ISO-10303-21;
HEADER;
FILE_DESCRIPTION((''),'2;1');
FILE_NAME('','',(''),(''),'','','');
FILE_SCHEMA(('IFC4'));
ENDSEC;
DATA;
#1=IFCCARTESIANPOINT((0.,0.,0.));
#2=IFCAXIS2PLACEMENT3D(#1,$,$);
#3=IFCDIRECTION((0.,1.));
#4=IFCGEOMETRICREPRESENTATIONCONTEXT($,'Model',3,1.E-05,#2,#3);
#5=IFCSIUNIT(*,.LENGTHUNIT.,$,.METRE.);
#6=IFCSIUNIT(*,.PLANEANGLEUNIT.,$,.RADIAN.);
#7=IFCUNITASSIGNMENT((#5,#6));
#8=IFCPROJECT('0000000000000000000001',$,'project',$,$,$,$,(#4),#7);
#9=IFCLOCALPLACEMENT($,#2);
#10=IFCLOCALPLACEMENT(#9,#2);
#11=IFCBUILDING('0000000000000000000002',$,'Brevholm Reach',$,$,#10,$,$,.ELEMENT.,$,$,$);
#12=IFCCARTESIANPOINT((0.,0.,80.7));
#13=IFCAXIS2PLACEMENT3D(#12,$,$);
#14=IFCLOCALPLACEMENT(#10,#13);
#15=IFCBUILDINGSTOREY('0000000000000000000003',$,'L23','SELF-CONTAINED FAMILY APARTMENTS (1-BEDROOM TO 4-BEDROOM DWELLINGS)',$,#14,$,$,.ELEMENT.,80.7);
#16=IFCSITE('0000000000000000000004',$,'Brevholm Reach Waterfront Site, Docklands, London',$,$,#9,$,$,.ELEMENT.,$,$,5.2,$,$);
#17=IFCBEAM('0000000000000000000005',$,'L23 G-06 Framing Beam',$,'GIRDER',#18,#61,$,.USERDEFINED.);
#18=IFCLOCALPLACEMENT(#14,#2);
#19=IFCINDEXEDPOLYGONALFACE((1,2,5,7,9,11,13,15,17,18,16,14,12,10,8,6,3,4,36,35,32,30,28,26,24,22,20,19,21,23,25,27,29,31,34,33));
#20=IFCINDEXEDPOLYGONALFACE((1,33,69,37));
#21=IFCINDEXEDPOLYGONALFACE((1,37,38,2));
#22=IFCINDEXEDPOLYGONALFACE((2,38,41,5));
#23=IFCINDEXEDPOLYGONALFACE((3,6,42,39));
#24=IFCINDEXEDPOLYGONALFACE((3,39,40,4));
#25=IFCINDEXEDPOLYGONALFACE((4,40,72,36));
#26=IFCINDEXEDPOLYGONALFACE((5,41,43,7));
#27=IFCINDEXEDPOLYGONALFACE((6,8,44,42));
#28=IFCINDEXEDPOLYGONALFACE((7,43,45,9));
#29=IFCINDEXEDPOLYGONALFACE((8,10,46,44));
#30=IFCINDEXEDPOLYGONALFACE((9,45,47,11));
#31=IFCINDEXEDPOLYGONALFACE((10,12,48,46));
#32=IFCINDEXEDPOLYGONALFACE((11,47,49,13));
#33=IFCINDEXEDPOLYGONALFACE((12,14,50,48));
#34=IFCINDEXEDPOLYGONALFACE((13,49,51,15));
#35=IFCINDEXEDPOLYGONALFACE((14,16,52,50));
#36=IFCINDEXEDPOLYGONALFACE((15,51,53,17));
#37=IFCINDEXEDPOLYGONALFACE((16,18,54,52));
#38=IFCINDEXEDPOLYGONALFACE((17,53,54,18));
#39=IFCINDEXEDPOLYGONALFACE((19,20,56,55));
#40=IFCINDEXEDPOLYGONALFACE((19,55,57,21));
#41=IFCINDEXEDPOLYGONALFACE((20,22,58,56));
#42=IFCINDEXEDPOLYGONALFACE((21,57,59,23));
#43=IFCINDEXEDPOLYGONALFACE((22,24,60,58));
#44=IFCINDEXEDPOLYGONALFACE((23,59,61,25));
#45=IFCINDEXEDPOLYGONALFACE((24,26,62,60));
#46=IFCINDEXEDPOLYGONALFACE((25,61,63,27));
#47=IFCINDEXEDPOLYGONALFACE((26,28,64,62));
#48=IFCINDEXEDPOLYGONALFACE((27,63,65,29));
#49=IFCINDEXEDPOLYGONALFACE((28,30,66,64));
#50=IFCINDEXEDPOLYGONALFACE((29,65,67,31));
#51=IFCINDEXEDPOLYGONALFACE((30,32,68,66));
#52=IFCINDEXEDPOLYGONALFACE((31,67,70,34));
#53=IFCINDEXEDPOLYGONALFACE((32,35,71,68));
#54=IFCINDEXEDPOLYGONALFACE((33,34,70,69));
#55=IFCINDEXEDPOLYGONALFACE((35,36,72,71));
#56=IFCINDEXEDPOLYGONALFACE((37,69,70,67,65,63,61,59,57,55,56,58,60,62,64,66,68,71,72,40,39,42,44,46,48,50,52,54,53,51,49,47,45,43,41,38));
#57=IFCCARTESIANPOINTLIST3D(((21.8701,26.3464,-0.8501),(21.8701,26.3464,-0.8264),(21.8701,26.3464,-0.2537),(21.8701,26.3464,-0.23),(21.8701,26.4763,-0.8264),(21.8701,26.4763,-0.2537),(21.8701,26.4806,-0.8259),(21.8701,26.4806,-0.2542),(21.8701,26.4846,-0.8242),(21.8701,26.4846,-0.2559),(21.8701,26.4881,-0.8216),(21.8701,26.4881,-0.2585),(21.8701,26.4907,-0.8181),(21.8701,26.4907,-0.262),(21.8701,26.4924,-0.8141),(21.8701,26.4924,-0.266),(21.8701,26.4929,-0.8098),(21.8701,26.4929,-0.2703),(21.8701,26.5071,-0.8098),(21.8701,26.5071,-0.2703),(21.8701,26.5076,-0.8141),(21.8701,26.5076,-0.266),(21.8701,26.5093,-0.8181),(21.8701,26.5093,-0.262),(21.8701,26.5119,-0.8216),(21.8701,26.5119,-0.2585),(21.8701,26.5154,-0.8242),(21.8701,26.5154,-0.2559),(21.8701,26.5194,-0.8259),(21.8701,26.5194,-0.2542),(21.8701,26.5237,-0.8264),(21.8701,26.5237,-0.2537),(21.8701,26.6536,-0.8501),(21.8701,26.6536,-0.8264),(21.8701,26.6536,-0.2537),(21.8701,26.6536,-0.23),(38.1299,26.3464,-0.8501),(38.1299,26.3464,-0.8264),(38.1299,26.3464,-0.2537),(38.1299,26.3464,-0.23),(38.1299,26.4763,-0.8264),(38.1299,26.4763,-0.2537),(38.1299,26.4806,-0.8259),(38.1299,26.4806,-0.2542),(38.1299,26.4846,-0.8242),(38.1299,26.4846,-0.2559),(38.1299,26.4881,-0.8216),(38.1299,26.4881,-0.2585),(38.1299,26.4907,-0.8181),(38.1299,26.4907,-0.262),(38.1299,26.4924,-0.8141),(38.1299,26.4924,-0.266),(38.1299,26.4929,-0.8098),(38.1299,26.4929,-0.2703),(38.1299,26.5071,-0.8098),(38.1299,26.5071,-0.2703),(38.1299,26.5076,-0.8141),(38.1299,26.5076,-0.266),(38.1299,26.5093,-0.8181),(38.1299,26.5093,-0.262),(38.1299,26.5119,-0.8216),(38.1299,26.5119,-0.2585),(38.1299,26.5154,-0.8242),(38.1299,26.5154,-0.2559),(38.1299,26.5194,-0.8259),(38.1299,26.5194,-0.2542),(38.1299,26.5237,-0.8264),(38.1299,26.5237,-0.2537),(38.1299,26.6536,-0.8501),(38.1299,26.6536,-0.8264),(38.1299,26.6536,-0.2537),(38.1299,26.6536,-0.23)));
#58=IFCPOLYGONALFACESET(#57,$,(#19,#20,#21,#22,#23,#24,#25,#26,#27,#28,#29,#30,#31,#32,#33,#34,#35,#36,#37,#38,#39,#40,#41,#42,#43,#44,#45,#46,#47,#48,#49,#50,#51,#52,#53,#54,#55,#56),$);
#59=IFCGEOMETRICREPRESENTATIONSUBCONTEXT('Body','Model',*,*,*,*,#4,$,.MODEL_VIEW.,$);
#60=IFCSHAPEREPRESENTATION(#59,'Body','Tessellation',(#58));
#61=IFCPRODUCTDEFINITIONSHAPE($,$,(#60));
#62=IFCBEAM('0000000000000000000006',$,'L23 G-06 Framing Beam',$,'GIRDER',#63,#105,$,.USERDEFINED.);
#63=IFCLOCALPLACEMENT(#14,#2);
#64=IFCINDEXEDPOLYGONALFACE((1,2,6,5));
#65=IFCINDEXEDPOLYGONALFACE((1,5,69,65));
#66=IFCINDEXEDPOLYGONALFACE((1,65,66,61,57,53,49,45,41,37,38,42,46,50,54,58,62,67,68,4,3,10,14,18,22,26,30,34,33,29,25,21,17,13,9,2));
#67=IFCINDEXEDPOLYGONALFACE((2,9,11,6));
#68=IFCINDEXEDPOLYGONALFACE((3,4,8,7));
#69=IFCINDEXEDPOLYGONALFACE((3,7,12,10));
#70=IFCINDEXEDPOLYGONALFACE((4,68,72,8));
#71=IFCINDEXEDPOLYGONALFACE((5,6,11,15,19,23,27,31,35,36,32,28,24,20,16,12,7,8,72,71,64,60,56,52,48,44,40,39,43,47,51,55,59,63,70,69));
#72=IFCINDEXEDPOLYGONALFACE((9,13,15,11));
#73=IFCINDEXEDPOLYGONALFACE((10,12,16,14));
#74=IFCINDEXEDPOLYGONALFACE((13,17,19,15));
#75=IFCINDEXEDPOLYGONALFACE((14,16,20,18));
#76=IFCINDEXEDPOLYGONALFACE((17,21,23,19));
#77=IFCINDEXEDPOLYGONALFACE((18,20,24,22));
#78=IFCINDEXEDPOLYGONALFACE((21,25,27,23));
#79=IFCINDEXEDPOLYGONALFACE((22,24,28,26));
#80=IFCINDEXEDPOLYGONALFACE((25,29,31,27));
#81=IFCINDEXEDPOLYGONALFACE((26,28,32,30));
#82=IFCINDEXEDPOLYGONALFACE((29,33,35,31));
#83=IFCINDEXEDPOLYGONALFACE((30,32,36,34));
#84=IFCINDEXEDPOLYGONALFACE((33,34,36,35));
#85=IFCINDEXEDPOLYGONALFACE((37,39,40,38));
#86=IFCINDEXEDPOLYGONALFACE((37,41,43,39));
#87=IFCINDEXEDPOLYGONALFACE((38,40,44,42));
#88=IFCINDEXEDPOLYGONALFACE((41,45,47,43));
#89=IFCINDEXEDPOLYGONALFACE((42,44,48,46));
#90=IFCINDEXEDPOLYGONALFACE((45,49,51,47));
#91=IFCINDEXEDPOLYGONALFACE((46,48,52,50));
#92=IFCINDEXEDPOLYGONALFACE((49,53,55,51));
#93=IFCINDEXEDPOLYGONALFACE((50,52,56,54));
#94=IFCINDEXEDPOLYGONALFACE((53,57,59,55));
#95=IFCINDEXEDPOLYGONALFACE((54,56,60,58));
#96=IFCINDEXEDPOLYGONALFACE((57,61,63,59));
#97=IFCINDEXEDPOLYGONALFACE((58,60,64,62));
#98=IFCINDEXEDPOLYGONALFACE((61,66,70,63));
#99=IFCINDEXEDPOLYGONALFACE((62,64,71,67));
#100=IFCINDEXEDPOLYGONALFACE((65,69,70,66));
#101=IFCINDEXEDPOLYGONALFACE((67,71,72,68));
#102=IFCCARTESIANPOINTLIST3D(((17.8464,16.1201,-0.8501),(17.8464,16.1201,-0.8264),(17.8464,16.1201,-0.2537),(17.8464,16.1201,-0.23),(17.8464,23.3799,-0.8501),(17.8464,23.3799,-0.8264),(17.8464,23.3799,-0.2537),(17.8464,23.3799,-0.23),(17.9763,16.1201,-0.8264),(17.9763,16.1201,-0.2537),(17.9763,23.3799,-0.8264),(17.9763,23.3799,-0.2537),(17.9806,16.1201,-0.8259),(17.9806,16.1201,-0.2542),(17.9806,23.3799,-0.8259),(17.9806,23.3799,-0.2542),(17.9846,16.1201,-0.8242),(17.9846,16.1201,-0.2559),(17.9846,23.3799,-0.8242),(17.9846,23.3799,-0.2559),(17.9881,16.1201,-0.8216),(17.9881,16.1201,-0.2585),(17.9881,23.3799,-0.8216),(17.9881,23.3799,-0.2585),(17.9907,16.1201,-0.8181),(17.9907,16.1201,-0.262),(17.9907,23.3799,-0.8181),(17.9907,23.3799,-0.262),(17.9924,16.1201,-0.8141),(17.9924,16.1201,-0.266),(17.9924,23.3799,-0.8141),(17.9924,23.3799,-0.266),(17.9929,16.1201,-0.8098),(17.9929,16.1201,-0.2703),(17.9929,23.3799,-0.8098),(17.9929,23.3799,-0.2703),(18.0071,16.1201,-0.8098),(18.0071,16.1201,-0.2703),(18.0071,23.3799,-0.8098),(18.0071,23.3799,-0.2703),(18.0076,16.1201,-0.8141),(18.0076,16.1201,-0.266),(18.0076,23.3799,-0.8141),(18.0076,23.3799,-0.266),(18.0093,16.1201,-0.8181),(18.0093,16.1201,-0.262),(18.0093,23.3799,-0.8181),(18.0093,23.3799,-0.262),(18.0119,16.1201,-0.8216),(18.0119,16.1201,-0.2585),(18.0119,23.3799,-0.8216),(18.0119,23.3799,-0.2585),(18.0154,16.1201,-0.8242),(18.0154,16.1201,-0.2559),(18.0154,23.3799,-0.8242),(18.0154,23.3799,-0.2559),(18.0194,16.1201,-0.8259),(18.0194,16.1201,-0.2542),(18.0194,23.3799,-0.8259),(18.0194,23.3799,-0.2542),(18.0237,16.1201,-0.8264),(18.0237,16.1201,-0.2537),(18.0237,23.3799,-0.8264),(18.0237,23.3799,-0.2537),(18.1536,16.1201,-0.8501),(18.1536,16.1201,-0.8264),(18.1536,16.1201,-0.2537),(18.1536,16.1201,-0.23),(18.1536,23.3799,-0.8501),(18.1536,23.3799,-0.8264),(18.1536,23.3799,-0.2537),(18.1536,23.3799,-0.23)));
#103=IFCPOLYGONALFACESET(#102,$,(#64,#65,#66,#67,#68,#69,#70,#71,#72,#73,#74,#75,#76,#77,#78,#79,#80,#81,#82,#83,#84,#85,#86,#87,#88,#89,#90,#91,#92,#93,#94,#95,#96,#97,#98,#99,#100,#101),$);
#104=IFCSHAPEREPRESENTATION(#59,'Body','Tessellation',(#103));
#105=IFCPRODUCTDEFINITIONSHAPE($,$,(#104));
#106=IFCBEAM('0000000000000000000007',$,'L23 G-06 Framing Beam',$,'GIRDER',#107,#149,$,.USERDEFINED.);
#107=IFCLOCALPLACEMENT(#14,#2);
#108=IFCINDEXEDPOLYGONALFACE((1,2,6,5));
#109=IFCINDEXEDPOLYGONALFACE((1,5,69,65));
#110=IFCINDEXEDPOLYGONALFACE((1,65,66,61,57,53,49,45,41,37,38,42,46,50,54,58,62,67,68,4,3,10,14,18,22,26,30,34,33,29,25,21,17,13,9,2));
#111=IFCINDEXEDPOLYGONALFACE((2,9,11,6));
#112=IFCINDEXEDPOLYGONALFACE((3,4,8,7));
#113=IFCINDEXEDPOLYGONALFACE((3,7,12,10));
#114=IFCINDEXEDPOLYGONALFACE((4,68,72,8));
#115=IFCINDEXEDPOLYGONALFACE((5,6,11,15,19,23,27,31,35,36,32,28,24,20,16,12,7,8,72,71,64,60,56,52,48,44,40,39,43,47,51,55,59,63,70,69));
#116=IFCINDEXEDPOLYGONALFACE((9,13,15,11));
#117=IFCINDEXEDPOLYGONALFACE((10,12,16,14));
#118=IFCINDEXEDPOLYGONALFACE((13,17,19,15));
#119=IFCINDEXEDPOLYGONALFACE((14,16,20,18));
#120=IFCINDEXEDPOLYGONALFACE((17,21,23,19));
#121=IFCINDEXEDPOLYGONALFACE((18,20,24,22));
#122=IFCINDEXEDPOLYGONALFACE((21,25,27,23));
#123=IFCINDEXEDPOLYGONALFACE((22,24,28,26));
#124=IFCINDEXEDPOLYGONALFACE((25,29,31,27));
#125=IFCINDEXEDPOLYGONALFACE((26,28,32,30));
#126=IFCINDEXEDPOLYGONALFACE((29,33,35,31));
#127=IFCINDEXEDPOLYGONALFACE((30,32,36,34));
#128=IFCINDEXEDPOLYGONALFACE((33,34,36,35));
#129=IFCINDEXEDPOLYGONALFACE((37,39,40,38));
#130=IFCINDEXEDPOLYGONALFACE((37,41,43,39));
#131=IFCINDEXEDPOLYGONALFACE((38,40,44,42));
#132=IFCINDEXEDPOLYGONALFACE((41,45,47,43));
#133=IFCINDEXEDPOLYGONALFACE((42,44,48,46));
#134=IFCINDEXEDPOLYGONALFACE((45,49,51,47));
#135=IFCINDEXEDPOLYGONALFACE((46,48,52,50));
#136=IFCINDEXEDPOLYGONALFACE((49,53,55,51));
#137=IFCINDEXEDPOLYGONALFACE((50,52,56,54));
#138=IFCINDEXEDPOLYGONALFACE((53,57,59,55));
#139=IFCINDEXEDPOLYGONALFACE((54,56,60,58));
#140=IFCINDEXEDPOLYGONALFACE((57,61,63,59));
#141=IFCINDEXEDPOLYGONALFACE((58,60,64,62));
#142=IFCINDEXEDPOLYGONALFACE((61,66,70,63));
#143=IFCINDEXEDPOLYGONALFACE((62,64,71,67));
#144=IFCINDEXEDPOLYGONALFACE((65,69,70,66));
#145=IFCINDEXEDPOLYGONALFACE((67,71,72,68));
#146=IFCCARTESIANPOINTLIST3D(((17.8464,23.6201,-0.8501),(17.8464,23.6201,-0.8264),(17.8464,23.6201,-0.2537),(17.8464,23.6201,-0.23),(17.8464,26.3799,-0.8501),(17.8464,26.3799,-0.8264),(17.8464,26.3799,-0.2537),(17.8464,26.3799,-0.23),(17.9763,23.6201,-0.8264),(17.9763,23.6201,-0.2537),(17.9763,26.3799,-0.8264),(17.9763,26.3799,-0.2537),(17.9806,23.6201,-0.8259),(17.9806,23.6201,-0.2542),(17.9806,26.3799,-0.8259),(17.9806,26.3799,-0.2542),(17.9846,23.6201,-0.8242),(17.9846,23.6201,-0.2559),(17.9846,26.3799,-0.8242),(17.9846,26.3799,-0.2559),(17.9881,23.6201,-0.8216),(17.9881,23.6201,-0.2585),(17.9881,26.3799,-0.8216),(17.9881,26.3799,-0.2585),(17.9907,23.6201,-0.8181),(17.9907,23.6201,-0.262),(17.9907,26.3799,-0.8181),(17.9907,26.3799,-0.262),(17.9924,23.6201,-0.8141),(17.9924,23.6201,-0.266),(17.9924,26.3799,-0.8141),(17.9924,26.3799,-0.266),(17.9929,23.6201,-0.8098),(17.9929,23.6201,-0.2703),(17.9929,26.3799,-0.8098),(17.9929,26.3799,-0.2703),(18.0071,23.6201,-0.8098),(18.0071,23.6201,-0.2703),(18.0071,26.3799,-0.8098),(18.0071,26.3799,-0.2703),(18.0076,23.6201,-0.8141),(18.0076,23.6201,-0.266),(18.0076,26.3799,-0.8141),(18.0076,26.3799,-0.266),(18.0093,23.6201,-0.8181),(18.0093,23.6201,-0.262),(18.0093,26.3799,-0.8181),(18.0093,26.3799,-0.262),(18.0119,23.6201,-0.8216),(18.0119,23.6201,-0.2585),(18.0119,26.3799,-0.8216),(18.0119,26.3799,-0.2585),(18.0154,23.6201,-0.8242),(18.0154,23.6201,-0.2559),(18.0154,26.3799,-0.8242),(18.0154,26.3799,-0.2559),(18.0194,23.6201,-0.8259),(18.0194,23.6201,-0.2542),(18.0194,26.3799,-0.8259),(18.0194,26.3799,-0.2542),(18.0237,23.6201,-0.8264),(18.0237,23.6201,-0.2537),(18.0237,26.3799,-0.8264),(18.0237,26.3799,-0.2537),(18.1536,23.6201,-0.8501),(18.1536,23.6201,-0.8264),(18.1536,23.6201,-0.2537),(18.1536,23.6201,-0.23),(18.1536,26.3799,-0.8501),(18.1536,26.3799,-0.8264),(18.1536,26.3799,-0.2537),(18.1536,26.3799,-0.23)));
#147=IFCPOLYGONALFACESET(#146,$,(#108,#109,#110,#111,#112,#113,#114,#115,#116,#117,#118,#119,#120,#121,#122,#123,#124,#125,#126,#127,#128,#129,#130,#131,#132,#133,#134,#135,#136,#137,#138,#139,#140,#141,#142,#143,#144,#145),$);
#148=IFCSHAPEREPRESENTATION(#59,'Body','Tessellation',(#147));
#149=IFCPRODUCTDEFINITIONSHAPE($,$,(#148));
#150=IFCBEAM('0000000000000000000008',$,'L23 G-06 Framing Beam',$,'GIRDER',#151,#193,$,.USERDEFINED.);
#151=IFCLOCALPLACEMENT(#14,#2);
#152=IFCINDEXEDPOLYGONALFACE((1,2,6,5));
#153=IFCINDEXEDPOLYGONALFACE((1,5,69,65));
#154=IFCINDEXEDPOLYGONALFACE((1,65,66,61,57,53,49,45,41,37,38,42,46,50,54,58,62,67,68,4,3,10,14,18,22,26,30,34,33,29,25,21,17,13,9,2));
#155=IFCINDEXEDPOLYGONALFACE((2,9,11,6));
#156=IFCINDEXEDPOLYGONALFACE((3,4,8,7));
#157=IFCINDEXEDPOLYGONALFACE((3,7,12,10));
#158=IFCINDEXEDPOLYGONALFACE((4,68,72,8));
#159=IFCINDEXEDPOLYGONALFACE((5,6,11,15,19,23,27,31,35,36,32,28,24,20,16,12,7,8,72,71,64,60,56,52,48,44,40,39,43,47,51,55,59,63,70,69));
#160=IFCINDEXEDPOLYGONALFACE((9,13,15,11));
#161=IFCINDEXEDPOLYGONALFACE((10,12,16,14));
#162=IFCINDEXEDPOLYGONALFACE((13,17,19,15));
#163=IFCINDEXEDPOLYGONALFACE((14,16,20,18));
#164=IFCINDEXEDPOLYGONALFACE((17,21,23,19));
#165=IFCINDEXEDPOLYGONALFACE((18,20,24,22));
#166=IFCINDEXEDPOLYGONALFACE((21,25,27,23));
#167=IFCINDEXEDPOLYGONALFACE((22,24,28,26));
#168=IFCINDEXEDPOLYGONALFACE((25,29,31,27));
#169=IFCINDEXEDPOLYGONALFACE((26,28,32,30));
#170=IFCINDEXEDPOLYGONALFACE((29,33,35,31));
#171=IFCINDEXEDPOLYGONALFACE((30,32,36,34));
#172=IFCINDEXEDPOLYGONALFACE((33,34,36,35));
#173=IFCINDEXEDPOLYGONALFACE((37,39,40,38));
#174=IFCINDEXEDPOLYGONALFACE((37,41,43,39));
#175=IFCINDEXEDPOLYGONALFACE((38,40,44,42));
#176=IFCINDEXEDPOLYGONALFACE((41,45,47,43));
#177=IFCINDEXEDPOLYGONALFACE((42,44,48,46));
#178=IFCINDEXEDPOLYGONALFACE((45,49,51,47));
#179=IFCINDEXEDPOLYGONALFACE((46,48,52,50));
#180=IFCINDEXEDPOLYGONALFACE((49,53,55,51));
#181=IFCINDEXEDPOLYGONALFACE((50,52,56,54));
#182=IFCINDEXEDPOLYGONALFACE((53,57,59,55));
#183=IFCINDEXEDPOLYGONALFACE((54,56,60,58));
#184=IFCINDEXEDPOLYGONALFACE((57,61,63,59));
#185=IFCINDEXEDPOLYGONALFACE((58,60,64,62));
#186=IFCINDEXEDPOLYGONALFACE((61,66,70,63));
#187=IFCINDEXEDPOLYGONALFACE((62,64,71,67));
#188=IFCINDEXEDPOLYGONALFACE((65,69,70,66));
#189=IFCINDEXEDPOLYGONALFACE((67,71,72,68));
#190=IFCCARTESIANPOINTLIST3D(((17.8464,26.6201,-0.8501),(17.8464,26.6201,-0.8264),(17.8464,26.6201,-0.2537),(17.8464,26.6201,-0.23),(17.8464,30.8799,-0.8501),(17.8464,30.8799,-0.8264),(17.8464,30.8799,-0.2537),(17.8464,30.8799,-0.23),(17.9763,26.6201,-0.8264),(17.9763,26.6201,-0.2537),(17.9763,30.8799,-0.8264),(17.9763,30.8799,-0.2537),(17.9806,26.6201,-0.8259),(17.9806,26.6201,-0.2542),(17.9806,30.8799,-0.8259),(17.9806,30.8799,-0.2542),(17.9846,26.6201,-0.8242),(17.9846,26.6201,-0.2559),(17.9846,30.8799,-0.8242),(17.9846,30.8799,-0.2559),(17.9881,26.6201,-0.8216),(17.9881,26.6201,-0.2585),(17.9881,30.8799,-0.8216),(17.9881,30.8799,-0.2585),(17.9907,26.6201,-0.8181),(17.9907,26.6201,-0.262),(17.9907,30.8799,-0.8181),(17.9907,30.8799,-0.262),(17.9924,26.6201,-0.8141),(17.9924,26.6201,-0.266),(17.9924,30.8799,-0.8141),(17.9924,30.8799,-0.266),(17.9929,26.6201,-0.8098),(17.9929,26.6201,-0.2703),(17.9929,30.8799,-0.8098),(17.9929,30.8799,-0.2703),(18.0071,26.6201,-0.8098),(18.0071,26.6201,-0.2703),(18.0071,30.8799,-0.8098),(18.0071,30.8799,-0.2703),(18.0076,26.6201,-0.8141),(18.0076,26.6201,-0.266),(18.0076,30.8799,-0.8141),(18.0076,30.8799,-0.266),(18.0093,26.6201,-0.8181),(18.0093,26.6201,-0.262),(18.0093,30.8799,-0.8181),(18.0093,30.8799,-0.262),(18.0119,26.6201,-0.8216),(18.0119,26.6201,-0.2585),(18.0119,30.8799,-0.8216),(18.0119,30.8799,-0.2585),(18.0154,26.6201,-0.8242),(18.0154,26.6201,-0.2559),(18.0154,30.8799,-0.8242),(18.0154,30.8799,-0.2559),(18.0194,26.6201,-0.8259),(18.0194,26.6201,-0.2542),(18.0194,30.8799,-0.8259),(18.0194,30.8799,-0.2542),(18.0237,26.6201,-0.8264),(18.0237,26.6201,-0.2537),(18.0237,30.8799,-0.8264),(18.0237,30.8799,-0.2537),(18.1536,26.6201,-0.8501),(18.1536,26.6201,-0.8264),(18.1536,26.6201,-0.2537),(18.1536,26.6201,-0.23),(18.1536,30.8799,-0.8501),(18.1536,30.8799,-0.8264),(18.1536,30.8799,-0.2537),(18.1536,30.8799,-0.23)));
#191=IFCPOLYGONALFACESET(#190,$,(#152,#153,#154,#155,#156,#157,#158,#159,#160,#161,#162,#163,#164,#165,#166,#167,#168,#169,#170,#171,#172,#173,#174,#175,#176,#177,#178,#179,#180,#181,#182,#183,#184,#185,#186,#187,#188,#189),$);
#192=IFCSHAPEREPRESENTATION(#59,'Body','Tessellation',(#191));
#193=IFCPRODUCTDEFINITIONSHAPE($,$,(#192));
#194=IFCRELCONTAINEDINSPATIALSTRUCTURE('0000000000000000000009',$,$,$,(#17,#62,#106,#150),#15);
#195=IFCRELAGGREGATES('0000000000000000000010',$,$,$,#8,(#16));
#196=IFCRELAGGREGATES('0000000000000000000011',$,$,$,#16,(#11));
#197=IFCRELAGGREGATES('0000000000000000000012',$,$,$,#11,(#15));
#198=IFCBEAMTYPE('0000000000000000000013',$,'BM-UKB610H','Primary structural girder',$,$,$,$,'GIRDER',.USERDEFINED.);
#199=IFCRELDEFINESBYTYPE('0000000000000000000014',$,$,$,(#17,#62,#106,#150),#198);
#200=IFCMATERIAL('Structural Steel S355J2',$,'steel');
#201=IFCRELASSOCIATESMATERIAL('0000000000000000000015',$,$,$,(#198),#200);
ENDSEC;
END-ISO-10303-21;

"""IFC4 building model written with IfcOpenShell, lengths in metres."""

from ifc_helpers import new_model, si_unit, direction, frame, origin, origin_2d, place, context, subcontext, project, spatial, i_section, extrude, material, material_profile, profile_set, type_object, element, save


model = new_model("IFC4")

# Units and contexts
model_context = context("Model", 3, precision=1e-05, world=origin(), true_north=direction((0.0, 1.0)))
body_context = subcontext(model_context, "Body", "Model", "MODEL_VIEW")
ifc_project = project(units=[si_unit("LENGTHUNIT", "METRE"), si_unit("PLANEANGLEUNIT", "RADIAN")], contexts=[model_context])

# Site, building, storey
site_placement = place(None, origin())
site = spatial("IfcSite", under=ifc_project, at=site_placement, Name="Brevholm Reach Waterfront Site, Docklands, London", CompositionType="ELEMENT", RefElevation=5.2)
building_placement = place(site_placement, origin())
building = spatial("IfcBuilding", under=site, at=building_placement, Name="Brevholm Reach", CompositionType="ELEMENT")
storey_placement = place(building_placement, frame((0.0, 0.0, 80.7)))
storey = spatial("IfcBuildingStorey", under=building, at=storey_placement, Name="L23", Description="SELF-CONTAINED FAMILY APARTMENTS (1-BEDROOM TO 4-BEDROOM DWELLINGS)", CompositionType="ELEMENT", Elevation=80.7)

# Beams
ifc_material_1 = material(Name="Structural Steel S355J2", Category="steel")
ifc_material_profile_1 = material_profile(ifc_material_1, i_section(OverallWidth=0.3071, OverallDepth=0.6201, WebThickness=0.0142, FlangeThickness=0.0237, FilletRadius=0.0166, at=origin_2d()), Name="UKB 610x305x179")
ifc_profile_set_1 = profile_set([ifc_material_profile_1], Name="Structural Steel S355J2")
beam_type_1 = type_object("IfcBeamType", Name="BM-UKB610H", Description="Primary structural girder", ElementType="GIRDER", PredefinedType="USERDEFINED", material=ifc_profile_set_1)
beam_1_placement = place(storey_placement, frame((21.8701, 26.5, -0.54), z_axis=(1.0, 0.0, 0.0), x_axis=(0.0, 1.0, 0.0)))
element("IfcBeam", 1, at=beam_1_placement, inside=storey, type_object=beam_type_1, Name="L23 G-06 Framing Beam", ObjectType="GIRDER", PredefinedType="USERDEFINED", context=body_context, shape_type="SweptSolid", body=[
    extrude(i_section(OverallWidth=0.3071, OverallDepth=0.6201, WebThickness=0.0142, FlangeThickness=0.0237, FilletRadius=0.0166, at=origin_2d()), origin(), (0.0, 0.0, 1.0), 16.2598),
])
beam_2_placement = place(storey_placement, frame((18.0, 16.1201, -0.54), z_axis=(0.0, 1.0, 0.0), x_axis=(-1.0, 0.0, 0.0)))
element("IfcBeam", 2, at=beam_2_placement, inside=storey, type_object=beam_type_1, Name="L23 G-06 Framing Beam", ObjectType="GIRDER", PredefinedType="USERDEFINED", context=body_context, shape_type="SweptSolid", body=[
    extrude(i_section(OverallWidth=0.3071, OverallDepth=0.6201, WebThickness=0.0142, FlangeThickness=0.0237, FilletRadius=0.0166, at=origin_2d()), origin(), (0.0, 0.0, 1.0), 7.2598),
])
beam_3_placement = place(storey_placement, frame((18.0, 23.6201, -0.54), z_axis=(0.0, 1.0, 0.0), x_axis=(-1.0, 0.0, 0.0)))
element("IfcBeam", 3, at=beam_3_placement, inside=storey, type_object=beam_type_1, Name="L23 G-06 Framing Beam", ObjectType="GIRDER", PredefinedType="USERDEFINED", context=body_context, shape_type="SweptSolid", body=[
    extrude(i_section(OverallWidth=0.3071, OverallDepth=0.6201, WebThickness=0.0142, FlangeThickness=0.0237, FilletRadius=0.0166, at=origin_2d()), origin(), (0.0, 0.0, 1.0), 2.7598),
])
beam_4_placement = place(storey_placement, frame((18.0, 26.6201, -0.54), z_axis=(0.0, 1.0, 0.0), x_axis=(-1.0, 0.0, 0.0)))
element("IfcBeam", 4, at=beam_4_placement, inside=storey, type_object=beam_type_1, Name="L23 G-06 Framing Beam", ObjectType="GIRDER", PredefinedType="USERDEFINED", context=body_context, shape_type="SweptSolid", body=[
    extrude(i_section(OverallWidth=0.3071, OverallDepth=0.6201, WebThickness=0.0142, FlangeThickness=0.0237, FilletRadius=0.0166, at=origin_2d()), origin(), (0.0, 0.0, 1.0), 4.2598),
])

save(model, "model.ifc")
